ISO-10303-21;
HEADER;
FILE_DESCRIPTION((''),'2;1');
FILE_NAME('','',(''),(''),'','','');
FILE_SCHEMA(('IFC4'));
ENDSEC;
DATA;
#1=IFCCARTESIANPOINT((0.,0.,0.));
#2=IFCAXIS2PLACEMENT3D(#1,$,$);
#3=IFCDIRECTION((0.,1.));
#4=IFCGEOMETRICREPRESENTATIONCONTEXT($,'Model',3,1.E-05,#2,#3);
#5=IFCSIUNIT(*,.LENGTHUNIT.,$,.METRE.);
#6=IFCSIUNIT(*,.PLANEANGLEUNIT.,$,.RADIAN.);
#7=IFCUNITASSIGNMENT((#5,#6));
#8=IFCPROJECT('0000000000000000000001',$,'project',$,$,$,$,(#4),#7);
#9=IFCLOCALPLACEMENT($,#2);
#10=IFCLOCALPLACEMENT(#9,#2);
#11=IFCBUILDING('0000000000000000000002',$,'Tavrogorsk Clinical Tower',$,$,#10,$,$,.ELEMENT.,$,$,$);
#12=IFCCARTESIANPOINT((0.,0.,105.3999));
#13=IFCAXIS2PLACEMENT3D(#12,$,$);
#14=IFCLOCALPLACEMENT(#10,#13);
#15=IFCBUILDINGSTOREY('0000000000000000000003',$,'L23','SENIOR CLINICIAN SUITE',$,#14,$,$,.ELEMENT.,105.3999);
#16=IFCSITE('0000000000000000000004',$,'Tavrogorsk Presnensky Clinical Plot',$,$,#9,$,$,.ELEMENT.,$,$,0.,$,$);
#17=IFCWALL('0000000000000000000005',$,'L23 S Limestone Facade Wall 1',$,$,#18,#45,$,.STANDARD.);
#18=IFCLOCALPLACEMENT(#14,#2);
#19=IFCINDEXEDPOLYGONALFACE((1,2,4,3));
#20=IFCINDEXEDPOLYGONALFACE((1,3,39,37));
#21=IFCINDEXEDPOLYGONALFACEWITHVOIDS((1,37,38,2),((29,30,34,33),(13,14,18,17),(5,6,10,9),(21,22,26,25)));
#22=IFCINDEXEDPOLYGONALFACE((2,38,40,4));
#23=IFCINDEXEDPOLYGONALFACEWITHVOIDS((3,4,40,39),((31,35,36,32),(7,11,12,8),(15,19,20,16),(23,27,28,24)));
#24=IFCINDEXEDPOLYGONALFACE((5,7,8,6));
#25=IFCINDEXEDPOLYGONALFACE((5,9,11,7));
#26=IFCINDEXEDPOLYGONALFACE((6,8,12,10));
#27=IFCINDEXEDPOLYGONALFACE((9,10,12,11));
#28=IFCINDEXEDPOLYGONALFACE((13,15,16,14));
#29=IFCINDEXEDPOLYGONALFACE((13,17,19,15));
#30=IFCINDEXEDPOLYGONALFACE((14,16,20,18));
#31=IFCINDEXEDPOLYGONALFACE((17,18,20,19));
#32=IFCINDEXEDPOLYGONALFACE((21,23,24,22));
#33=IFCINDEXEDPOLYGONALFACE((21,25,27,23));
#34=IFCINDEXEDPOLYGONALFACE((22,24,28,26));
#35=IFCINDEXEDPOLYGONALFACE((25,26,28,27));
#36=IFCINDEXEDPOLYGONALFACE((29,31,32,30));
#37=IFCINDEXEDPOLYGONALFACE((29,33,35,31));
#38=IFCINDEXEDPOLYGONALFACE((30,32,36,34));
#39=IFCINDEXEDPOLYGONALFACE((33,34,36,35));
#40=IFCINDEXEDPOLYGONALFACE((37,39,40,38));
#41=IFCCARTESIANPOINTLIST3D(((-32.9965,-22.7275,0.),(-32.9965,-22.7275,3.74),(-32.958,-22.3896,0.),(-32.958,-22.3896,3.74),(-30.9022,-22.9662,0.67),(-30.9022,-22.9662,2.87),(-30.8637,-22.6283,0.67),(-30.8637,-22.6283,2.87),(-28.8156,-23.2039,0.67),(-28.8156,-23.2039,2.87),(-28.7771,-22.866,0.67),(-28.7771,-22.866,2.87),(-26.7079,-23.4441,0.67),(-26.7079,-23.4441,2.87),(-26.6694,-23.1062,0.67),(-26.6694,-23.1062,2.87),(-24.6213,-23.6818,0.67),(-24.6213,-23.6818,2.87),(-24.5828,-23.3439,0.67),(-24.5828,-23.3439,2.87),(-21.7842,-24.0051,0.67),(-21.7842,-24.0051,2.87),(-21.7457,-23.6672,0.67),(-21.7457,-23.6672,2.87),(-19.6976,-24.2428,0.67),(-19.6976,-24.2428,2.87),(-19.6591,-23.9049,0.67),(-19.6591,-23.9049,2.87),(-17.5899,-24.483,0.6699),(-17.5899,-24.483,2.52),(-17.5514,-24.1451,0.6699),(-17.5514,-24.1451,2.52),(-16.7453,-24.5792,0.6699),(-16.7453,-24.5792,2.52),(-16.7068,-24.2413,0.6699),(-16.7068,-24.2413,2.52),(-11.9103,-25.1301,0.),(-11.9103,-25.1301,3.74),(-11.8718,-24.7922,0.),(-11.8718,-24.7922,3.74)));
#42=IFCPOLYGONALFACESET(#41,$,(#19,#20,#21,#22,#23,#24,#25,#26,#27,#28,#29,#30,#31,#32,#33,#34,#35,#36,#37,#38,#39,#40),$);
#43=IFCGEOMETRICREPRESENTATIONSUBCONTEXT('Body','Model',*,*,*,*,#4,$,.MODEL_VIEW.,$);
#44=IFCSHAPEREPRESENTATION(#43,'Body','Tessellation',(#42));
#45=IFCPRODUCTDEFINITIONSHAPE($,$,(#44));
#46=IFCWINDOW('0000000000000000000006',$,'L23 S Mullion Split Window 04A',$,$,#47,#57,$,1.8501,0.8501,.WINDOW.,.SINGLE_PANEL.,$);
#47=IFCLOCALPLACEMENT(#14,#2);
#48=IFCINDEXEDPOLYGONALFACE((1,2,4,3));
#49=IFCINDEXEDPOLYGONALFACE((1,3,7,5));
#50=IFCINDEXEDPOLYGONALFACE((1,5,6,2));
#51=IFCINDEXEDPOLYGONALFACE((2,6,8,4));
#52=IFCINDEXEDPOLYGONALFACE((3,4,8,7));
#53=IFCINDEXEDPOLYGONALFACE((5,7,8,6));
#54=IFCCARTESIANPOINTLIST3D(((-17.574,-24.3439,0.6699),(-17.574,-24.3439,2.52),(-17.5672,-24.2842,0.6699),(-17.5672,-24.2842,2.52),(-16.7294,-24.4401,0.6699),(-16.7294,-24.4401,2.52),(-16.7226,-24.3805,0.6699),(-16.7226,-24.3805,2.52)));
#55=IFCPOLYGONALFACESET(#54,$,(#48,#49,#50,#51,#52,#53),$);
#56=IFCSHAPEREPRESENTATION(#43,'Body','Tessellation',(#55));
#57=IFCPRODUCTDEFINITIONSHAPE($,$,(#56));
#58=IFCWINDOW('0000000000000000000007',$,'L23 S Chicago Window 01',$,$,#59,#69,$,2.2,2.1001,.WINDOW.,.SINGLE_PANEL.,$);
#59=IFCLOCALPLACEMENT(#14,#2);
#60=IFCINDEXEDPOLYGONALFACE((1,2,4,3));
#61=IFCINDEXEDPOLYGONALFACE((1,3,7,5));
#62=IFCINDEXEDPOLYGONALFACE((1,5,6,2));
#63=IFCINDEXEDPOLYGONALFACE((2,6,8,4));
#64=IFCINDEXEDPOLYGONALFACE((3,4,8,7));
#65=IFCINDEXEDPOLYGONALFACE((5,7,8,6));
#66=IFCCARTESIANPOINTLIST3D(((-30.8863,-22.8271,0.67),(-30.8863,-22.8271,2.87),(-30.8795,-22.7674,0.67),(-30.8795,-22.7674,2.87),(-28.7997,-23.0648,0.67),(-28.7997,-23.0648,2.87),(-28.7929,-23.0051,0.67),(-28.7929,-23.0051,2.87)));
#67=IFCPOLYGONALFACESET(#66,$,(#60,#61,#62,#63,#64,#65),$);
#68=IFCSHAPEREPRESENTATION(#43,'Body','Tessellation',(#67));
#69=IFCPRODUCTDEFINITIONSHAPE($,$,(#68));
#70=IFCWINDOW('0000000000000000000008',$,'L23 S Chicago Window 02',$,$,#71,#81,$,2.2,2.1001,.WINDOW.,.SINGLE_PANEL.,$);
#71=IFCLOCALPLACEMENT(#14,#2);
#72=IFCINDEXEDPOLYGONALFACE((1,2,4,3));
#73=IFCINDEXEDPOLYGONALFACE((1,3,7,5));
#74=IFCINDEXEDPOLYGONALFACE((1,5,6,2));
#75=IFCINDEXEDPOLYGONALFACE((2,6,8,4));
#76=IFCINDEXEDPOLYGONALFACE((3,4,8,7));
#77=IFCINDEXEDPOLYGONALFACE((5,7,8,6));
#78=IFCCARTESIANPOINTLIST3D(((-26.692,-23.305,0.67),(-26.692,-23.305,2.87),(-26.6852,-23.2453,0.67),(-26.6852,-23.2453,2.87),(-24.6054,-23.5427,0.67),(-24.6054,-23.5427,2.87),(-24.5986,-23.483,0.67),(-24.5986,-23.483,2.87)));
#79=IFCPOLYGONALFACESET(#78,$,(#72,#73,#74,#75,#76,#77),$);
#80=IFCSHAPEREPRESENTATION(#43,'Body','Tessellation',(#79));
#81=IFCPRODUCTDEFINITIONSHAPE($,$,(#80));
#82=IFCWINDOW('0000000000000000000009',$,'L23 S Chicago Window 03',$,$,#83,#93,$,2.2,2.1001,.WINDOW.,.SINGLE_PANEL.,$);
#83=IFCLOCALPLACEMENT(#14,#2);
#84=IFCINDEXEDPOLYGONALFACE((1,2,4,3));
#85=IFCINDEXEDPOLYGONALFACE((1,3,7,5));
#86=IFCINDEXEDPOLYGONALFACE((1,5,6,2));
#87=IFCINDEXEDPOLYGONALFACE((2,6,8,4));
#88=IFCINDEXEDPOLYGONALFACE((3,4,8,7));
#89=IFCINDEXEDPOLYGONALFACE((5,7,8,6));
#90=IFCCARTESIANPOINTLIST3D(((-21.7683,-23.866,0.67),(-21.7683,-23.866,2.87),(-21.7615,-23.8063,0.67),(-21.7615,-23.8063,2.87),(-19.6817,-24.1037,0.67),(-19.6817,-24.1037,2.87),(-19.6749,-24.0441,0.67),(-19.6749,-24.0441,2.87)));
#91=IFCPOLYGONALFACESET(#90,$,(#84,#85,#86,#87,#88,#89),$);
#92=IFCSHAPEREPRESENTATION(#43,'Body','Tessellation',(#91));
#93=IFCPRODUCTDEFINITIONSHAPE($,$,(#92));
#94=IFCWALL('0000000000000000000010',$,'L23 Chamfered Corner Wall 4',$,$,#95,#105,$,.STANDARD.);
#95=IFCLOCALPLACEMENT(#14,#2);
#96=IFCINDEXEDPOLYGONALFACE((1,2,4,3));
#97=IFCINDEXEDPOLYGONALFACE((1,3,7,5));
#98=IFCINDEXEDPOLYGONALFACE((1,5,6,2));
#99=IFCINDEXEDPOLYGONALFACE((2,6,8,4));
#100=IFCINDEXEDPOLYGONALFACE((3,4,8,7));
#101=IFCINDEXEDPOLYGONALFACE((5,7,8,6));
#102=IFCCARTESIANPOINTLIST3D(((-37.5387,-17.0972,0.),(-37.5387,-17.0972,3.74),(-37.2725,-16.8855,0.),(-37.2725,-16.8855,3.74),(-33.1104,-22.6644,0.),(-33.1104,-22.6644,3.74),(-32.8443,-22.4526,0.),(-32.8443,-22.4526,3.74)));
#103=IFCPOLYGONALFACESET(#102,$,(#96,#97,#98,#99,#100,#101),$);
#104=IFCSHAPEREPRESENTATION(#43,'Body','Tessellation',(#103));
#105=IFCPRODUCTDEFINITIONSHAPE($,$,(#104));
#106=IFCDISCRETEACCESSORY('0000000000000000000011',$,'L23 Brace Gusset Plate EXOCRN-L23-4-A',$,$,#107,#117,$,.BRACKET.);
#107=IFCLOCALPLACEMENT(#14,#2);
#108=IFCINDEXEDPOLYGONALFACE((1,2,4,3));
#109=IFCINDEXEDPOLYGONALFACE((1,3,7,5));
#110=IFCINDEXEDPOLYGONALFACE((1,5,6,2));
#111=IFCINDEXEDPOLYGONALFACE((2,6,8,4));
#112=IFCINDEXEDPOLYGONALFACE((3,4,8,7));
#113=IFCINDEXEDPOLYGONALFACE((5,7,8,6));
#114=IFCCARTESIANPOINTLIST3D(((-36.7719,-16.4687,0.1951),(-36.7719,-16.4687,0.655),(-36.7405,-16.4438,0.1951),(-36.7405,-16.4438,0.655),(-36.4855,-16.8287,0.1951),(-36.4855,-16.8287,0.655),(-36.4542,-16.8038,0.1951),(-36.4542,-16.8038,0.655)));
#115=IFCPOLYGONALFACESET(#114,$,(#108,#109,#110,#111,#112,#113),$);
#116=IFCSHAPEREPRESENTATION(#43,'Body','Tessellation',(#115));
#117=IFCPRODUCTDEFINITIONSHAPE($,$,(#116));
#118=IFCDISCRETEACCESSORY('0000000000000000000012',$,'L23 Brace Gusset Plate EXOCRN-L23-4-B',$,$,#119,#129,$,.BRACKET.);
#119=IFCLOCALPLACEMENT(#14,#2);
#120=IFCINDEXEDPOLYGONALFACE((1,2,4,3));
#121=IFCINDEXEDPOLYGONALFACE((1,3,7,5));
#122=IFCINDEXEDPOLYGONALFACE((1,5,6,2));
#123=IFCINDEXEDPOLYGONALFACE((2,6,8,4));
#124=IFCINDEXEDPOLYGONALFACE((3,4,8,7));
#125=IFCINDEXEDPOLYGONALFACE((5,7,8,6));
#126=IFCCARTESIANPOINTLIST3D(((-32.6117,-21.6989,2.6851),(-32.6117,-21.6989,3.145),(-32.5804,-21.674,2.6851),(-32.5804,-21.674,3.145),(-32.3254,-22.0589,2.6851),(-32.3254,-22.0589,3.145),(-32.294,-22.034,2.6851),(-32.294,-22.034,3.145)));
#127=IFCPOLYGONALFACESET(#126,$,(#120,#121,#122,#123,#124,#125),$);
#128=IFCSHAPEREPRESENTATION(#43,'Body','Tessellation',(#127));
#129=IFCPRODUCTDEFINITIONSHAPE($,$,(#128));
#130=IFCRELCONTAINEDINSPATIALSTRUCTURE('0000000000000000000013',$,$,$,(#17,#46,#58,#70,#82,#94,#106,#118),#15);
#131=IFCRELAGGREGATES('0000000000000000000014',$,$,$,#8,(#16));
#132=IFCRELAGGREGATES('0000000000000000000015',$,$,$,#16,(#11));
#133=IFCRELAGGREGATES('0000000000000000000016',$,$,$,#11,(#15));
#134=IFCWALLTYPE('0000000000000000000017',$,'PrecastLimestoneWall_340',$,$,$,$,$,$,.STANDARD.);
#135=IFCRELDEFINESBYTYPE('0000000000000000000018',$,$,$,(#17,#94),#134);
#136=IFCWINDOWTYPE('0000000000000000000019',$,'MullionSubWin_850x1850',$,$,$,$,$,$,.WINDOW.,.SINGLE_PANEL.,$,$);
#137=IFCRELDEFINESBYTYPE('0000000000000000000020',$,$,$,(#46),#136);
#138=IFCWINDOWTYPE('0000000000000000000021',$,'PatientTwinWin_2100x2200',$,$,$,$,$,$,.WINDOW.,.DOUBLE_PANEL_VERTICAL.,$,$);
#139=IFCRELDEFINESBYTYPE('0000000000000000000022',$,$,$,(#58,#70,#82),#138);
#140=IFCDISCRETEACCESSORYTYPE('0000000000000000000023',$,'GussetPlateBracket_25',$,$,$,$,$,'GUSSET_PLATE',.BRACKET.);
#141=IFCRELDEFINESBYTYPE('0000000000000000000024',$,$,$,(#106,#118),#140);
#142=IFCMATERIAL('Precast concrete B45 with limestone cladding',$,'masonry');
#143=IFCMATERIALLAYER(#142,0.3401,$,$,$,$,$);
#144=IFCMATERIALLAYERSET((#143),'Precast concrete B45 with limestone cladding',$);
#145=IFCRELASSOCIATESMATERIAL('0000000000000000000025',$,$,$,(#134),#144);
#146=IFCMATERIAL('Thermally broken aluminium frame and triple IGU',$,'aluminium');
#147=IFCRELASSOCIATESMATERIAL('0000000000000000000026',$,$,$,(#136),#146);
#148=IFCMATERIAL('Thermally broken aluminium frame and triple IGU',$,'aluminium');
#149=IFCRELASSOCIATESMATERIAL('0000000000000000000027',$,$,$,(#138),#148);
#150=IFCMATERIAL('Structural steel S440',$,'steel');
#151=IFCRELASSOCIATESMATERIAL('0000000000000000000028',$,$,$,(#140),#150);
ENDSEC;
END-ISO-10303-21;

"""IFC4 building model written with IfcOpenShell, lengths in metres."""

from ifc_helpers import new_model, si_unit, direction, frame, frame_2d, origin, origin_2d, place, context, subcontext, project, spatial, rectangle, extrude, material, layer, layer_set, type_object, element, fill, save


model = new_model("IFC4")

# Units and contexts
model_context = context("Model", 3, precision=1e-05, world=origin(), true_north=direction((0.0, 1.0)))
body_context = subcontext(model_context, "Body", "Model", "MODEL_VIEW")
ifc_project = project(units=[si_unit("LENGTHUNIT", "METRE"), si_unit("PLANEANGLEUNIT", "RADIAN")], contexts=[model_context])

# Site, building, storey
site_placement = place(None, origin())
site = spatial("IfcSite", under=ifc_project, at=site_placement, Name="Tavrogorsk Presnensky Clinical Plot", CompositionType="ELEMENT", RefElevation=0.0)
building_placement = place(site_placement, origin())
building = spatial("IfcBuilding", under=site, at=building_placement, Name="Tavrogorsk Clinical Tower", CompositionType="ELEMENT")
storey_placement = place(building_placement, frame((0.0, 0.0, 105.3999)))
storey = spatial("IfcBuildingStorey", under=building, at=storey_placement, Name="L23", Description="SENIOR CLINICIAN SUITE", CompositionType="ELEMENT", Elevation=105.3999)

# Wall, openings, windows
ifc_material_1 = material(Name="Precast concrete B45 with limestone cladding", Category="masonry")
ifc_layer_1 = layer(ifc_material_1, 0.3401)
ifc_layer_set_1 = layer_set([ifc_layer_1], Name="Precast concrete B45 with limestone cladding")
wall_type_1 = type_object("IfcWallType", Name="PrecastLimestoneWall_340", PredefinedType="STANDARD", material=ifc_layer_set_1)
wall_1_placement = place(storey_placement, frame((-32.9773, -22.5586, 0.0), z_axis=(0.0, 0.0, 1.0), x_axis=(0.993571, -0.113209, 0.0)))
wall_1 = element("IfcWall", 1, at=wall_1_placement, inside=storey, type_object=wall_type_1, Name="L23 S Limestone Facade Wall 1", PredefinedType="STANDARD", context=body_context, shape_type="SweptSolid", body=[
    extrude(rectangle(XDim=21.2227, YDim=0.3401, at=frame_2d((10.6113, 0.0))), origin(), (0.0, 0.0, 1.0), 3.74),
])
opening_1_placement = place(wall_1_placement, frame((2.1079, 0.0, 0.6699)))
opening_1 = element("IfcOpeningElement", 2, at=opening_1_placement, cuts=wall_1, PredefinedType="OPENING", context=body_context, shape_type="SweptSolid", body=[
    extrude(rectangle(XDim=2.1001, YDim=2.2, at=frame_2d((1.05, 1.1001))), frame((0.0, 0.1799, 0.0), z_axis=(0.0, -1.0, 0.0), x_axis=(1.0, 0.0, 0.0)), (0.0, 0.0, 1.0), 0.3601),
])
opening_2_placement = place(wall_1_placement, frame((6.3293, 0.0, 0.6699)))
opening_2 = element("IfcOpeningElement", 3, at=opening_2_placement, cuts=wall_1, PredefinedType="OPENING", context=body_context, shape_type="SweptSolid", body=[
    extrude(rectangle(XDim=2.1001, YDim=2.2, at=frame_2d((1.05, 1.1001))), frame((0.0, 0.1799, 0.0), z_axis=(0.0, -1.0, 0.0), x_axis=(1.0, 0.0, 0.0)), (0.0, 0.0, 1.0), 0.3601),
])
opening_3_placement = place(wall_1_placement, frame((11.2849, 0.0, 0.6699)))
opening_3 = element("IfcOpeningElement", 4, at=opening_3_placement, cuts=wall_1, PredefinedType="OPENING", context=body_context, shape_type="SweptSolid", body=[
    extrude(rectangle(XDim=2.1001, YDim=2.2, at=frame_2d((1.05, 1.1001))), frame((0.0, 0.1799, 0.0), z_axis=(0.0, -1.0, 0.0), x_axis=(1.0, 0.0, 0.0)), (0.0, 0.0, 1.0), 0.3601),
])
opening_4_placement = place(wall_1_placement, frame((15.5063, 0.0, 0.6699)))
opening_4 = element("IfcOpeningElement", 5, at=opening_4_placement, cuts=wall_1, PredefinedType="OPENING", context=body_context, shape_type="SweptSolid", body=[
    extrude(rectangle(XDim=0.8501, YDim=1.8501, at=frame_2d((0.425, 0.925))), frame((0.0, 0.1799, 0.0), z_axis=(0.0, -1.0, 0.0), x_axis=(1.0, 0.0, 0.0)), (0.0, 0.0, 1.0), 0.3601),
])
ifc_material_2 = material(Name="Thermally broken aluminium frame and triple IGU", Category="aluminium")
window_type_1 = type_object("IfcWindowType", Name="MullionSubWin_850x1850", PartitioningType="SINGLE_PANEL", PredefinedType="WINDOW", material=ifc_material_2)
window_1_placement = place(opening_4_placement, origin())
window_1 = element("IfcWindow", 6, at=window_1_placement, inside=storey, type_object=window_type_1, Name="L23 S Mullion Split Window 04A", OverallHeight=1.8501, OverallWidth=0.8501, PartitioningType="SINGLE_PANEL", PredefinedType="WINDOW", context=body_context, shape_type="SweptSolid", body=[
    extrude(rectangle(XDim=0.8501, YDim=1.8501, at=frame_2d((0.425, 0.925))), frame((0.0, 0.03, 0.0), z_axis=(0.0, -1.0, 0.0), x_axis=(1.0, 0.0, 0.0)), (0.0, 0.0, 1.0), 0.0601),
])
fill(opening_4, window_1)
ifc_material_3 = material(Name="Thermally broken aluminium frame and triple IGU", Category="aluminium")
window_type_2 = type_object("IfcWindowType", Name="PatientTwinWin_2100x2200", PartitioningType="DOUBLE_PANEL_VERTICAL", PredefinedType="WINDOW", material=ifc_material_3)
window_2_placement = place(opening_1_placement, origin())
window_2 = element("IfcWindow", 7, at=window_2_placement, inside=storey, type_object=window_type_2, Name="L23 S Chicago Window 01", OverallHeight=2.2, OverallWidth=2.1001, PartitioningType="SINGLE_PANEL", PredefinedType="WINDOW", context=body_context, shape_type="SweptSolid", body=[
    extrude(rectangle(XDim=2.1001, YDim=2.2, at=frame_2d((1.05, 1.1001))), frame((0.0, 0.03, 0.0), z_axis=(0.0, -1.0, 0.0), x_axis=(1.0, 0.0, 0.0)), (0.0, 0.0, 1.0), 0.0601),
])
fill(opening_1, window_2)
window_3_placement = place(opening_2_placement, origin())
window_3 = element("IfcWindow", 8, at=window_3_placement, inside=storey, type_object=window_type_2, Name="L23 S Chicago Window 02", OverallHeight=2.2, OverallWidth=2.1001, PartitioningType="SINGLE_PANEL", PredefinedType="WINDOW", context=body_context, shape_type="SweptSolid", body=[
    extrude(rectangle(XDim=2.1001, YDim=2.2, at=frame_2d((1.05, 1.1001))), frame((0.0, 0.03, 0.0), z_axis=(0.0, -1.0, 0.0), x_axis=(1.0, 0.0, 0.0)), (0.0, 0.0, 1.0), 0.0601),
])
fill(opening_2, window_3)
window_4_placement = place(opening_3_placement, origin())
window_4 = element("IfcWindow", 9, at=window_4_placement, inside=storey, type_object=window_type_2, Name="L23 S Chicago Window 03", OverallHeight=2.2, OverallWidth=2.1001, PartitioningType="SINGLE_PANEL", PredefinedType="WINDOW", context=body_context, shape_type="SweptSolid", body=[
    extrude(rectangle(XDim=2.1001, YDim=2.2, at=frame_2d((1.05, 1.1001))), frame((0.0, 0.03, 0.0), z_axis=(0.0, -1.0, 0.0), x_axis=(1.0, 0.0, 0.0)), (0.0, 0.0, 1.0), 0.0601),
])
fill(opening_3, window_4)

# Wall
wall_2_placement = place(storey_placement, frame((-37.4055, -16.9915, 0.0), z_axis=(0.0, 0.0, 1.0), x_axis=(0.622508, -0.782614, 0.0)))
element("IfcWall", 10, at=wall_2_placement, inside=storey, type_object=wall_type_1, Name="L23 Chamfered Corner Wall 4", PredefinedType="STANDARD", context=body_context, shape_type="SweptSolid", body=[
    extrude(rectangle(XDim=7.1135, YDim=0.3401, at=frame_2d((3.5566, 0.0))), origin(), (0.0, 0.0, 1.0), 3.74),
])

# Discrete accessories
ifc_material_4 = material(Name="Structural steel S440", Category="steel")
discrete_accessory_type = type_object("IfcDiscreteAccessoryType", Name="GussetPlateBracket_25", ElementType="GUSSET_PLATE", PredefinedType="BRACKET", material=ifc_material_4)
for number, where, z_axis, x_axis, name in (
    (11, (-36.613, -16.6362, 0.1951), (0.0, 0.0, 1.0), (0.622515, -0.782608, 0.0), "L23 Brace Gusset Plate EXOCRN-L23-4-A"),
    (12, (-32.4529, -21.8665, 2.6851), (0.0, 0.0, 1.0), (0.622515, -0.782608, 0.0), "L23 Brace Gusset Plate EXOCRN-L23-4-B"),
):
    element("IfcDiscreteAccessory", number, at=place(storey_placement, frame(where, z_axis=z_axis, x_axis=x_axis)), inside=storey, type_object=discrete_accessory_type, Name=name, PredefinedType="BRACKET", context=body_context, shape_type="SweptSolid", body=[
        extrude(rectangle(XDim=0.46, YDim=0.04, at=origin_2d()), origin(), (0.0, 0.0, 1.0), 0.46),
    ])

save(model, "model.ifc")
